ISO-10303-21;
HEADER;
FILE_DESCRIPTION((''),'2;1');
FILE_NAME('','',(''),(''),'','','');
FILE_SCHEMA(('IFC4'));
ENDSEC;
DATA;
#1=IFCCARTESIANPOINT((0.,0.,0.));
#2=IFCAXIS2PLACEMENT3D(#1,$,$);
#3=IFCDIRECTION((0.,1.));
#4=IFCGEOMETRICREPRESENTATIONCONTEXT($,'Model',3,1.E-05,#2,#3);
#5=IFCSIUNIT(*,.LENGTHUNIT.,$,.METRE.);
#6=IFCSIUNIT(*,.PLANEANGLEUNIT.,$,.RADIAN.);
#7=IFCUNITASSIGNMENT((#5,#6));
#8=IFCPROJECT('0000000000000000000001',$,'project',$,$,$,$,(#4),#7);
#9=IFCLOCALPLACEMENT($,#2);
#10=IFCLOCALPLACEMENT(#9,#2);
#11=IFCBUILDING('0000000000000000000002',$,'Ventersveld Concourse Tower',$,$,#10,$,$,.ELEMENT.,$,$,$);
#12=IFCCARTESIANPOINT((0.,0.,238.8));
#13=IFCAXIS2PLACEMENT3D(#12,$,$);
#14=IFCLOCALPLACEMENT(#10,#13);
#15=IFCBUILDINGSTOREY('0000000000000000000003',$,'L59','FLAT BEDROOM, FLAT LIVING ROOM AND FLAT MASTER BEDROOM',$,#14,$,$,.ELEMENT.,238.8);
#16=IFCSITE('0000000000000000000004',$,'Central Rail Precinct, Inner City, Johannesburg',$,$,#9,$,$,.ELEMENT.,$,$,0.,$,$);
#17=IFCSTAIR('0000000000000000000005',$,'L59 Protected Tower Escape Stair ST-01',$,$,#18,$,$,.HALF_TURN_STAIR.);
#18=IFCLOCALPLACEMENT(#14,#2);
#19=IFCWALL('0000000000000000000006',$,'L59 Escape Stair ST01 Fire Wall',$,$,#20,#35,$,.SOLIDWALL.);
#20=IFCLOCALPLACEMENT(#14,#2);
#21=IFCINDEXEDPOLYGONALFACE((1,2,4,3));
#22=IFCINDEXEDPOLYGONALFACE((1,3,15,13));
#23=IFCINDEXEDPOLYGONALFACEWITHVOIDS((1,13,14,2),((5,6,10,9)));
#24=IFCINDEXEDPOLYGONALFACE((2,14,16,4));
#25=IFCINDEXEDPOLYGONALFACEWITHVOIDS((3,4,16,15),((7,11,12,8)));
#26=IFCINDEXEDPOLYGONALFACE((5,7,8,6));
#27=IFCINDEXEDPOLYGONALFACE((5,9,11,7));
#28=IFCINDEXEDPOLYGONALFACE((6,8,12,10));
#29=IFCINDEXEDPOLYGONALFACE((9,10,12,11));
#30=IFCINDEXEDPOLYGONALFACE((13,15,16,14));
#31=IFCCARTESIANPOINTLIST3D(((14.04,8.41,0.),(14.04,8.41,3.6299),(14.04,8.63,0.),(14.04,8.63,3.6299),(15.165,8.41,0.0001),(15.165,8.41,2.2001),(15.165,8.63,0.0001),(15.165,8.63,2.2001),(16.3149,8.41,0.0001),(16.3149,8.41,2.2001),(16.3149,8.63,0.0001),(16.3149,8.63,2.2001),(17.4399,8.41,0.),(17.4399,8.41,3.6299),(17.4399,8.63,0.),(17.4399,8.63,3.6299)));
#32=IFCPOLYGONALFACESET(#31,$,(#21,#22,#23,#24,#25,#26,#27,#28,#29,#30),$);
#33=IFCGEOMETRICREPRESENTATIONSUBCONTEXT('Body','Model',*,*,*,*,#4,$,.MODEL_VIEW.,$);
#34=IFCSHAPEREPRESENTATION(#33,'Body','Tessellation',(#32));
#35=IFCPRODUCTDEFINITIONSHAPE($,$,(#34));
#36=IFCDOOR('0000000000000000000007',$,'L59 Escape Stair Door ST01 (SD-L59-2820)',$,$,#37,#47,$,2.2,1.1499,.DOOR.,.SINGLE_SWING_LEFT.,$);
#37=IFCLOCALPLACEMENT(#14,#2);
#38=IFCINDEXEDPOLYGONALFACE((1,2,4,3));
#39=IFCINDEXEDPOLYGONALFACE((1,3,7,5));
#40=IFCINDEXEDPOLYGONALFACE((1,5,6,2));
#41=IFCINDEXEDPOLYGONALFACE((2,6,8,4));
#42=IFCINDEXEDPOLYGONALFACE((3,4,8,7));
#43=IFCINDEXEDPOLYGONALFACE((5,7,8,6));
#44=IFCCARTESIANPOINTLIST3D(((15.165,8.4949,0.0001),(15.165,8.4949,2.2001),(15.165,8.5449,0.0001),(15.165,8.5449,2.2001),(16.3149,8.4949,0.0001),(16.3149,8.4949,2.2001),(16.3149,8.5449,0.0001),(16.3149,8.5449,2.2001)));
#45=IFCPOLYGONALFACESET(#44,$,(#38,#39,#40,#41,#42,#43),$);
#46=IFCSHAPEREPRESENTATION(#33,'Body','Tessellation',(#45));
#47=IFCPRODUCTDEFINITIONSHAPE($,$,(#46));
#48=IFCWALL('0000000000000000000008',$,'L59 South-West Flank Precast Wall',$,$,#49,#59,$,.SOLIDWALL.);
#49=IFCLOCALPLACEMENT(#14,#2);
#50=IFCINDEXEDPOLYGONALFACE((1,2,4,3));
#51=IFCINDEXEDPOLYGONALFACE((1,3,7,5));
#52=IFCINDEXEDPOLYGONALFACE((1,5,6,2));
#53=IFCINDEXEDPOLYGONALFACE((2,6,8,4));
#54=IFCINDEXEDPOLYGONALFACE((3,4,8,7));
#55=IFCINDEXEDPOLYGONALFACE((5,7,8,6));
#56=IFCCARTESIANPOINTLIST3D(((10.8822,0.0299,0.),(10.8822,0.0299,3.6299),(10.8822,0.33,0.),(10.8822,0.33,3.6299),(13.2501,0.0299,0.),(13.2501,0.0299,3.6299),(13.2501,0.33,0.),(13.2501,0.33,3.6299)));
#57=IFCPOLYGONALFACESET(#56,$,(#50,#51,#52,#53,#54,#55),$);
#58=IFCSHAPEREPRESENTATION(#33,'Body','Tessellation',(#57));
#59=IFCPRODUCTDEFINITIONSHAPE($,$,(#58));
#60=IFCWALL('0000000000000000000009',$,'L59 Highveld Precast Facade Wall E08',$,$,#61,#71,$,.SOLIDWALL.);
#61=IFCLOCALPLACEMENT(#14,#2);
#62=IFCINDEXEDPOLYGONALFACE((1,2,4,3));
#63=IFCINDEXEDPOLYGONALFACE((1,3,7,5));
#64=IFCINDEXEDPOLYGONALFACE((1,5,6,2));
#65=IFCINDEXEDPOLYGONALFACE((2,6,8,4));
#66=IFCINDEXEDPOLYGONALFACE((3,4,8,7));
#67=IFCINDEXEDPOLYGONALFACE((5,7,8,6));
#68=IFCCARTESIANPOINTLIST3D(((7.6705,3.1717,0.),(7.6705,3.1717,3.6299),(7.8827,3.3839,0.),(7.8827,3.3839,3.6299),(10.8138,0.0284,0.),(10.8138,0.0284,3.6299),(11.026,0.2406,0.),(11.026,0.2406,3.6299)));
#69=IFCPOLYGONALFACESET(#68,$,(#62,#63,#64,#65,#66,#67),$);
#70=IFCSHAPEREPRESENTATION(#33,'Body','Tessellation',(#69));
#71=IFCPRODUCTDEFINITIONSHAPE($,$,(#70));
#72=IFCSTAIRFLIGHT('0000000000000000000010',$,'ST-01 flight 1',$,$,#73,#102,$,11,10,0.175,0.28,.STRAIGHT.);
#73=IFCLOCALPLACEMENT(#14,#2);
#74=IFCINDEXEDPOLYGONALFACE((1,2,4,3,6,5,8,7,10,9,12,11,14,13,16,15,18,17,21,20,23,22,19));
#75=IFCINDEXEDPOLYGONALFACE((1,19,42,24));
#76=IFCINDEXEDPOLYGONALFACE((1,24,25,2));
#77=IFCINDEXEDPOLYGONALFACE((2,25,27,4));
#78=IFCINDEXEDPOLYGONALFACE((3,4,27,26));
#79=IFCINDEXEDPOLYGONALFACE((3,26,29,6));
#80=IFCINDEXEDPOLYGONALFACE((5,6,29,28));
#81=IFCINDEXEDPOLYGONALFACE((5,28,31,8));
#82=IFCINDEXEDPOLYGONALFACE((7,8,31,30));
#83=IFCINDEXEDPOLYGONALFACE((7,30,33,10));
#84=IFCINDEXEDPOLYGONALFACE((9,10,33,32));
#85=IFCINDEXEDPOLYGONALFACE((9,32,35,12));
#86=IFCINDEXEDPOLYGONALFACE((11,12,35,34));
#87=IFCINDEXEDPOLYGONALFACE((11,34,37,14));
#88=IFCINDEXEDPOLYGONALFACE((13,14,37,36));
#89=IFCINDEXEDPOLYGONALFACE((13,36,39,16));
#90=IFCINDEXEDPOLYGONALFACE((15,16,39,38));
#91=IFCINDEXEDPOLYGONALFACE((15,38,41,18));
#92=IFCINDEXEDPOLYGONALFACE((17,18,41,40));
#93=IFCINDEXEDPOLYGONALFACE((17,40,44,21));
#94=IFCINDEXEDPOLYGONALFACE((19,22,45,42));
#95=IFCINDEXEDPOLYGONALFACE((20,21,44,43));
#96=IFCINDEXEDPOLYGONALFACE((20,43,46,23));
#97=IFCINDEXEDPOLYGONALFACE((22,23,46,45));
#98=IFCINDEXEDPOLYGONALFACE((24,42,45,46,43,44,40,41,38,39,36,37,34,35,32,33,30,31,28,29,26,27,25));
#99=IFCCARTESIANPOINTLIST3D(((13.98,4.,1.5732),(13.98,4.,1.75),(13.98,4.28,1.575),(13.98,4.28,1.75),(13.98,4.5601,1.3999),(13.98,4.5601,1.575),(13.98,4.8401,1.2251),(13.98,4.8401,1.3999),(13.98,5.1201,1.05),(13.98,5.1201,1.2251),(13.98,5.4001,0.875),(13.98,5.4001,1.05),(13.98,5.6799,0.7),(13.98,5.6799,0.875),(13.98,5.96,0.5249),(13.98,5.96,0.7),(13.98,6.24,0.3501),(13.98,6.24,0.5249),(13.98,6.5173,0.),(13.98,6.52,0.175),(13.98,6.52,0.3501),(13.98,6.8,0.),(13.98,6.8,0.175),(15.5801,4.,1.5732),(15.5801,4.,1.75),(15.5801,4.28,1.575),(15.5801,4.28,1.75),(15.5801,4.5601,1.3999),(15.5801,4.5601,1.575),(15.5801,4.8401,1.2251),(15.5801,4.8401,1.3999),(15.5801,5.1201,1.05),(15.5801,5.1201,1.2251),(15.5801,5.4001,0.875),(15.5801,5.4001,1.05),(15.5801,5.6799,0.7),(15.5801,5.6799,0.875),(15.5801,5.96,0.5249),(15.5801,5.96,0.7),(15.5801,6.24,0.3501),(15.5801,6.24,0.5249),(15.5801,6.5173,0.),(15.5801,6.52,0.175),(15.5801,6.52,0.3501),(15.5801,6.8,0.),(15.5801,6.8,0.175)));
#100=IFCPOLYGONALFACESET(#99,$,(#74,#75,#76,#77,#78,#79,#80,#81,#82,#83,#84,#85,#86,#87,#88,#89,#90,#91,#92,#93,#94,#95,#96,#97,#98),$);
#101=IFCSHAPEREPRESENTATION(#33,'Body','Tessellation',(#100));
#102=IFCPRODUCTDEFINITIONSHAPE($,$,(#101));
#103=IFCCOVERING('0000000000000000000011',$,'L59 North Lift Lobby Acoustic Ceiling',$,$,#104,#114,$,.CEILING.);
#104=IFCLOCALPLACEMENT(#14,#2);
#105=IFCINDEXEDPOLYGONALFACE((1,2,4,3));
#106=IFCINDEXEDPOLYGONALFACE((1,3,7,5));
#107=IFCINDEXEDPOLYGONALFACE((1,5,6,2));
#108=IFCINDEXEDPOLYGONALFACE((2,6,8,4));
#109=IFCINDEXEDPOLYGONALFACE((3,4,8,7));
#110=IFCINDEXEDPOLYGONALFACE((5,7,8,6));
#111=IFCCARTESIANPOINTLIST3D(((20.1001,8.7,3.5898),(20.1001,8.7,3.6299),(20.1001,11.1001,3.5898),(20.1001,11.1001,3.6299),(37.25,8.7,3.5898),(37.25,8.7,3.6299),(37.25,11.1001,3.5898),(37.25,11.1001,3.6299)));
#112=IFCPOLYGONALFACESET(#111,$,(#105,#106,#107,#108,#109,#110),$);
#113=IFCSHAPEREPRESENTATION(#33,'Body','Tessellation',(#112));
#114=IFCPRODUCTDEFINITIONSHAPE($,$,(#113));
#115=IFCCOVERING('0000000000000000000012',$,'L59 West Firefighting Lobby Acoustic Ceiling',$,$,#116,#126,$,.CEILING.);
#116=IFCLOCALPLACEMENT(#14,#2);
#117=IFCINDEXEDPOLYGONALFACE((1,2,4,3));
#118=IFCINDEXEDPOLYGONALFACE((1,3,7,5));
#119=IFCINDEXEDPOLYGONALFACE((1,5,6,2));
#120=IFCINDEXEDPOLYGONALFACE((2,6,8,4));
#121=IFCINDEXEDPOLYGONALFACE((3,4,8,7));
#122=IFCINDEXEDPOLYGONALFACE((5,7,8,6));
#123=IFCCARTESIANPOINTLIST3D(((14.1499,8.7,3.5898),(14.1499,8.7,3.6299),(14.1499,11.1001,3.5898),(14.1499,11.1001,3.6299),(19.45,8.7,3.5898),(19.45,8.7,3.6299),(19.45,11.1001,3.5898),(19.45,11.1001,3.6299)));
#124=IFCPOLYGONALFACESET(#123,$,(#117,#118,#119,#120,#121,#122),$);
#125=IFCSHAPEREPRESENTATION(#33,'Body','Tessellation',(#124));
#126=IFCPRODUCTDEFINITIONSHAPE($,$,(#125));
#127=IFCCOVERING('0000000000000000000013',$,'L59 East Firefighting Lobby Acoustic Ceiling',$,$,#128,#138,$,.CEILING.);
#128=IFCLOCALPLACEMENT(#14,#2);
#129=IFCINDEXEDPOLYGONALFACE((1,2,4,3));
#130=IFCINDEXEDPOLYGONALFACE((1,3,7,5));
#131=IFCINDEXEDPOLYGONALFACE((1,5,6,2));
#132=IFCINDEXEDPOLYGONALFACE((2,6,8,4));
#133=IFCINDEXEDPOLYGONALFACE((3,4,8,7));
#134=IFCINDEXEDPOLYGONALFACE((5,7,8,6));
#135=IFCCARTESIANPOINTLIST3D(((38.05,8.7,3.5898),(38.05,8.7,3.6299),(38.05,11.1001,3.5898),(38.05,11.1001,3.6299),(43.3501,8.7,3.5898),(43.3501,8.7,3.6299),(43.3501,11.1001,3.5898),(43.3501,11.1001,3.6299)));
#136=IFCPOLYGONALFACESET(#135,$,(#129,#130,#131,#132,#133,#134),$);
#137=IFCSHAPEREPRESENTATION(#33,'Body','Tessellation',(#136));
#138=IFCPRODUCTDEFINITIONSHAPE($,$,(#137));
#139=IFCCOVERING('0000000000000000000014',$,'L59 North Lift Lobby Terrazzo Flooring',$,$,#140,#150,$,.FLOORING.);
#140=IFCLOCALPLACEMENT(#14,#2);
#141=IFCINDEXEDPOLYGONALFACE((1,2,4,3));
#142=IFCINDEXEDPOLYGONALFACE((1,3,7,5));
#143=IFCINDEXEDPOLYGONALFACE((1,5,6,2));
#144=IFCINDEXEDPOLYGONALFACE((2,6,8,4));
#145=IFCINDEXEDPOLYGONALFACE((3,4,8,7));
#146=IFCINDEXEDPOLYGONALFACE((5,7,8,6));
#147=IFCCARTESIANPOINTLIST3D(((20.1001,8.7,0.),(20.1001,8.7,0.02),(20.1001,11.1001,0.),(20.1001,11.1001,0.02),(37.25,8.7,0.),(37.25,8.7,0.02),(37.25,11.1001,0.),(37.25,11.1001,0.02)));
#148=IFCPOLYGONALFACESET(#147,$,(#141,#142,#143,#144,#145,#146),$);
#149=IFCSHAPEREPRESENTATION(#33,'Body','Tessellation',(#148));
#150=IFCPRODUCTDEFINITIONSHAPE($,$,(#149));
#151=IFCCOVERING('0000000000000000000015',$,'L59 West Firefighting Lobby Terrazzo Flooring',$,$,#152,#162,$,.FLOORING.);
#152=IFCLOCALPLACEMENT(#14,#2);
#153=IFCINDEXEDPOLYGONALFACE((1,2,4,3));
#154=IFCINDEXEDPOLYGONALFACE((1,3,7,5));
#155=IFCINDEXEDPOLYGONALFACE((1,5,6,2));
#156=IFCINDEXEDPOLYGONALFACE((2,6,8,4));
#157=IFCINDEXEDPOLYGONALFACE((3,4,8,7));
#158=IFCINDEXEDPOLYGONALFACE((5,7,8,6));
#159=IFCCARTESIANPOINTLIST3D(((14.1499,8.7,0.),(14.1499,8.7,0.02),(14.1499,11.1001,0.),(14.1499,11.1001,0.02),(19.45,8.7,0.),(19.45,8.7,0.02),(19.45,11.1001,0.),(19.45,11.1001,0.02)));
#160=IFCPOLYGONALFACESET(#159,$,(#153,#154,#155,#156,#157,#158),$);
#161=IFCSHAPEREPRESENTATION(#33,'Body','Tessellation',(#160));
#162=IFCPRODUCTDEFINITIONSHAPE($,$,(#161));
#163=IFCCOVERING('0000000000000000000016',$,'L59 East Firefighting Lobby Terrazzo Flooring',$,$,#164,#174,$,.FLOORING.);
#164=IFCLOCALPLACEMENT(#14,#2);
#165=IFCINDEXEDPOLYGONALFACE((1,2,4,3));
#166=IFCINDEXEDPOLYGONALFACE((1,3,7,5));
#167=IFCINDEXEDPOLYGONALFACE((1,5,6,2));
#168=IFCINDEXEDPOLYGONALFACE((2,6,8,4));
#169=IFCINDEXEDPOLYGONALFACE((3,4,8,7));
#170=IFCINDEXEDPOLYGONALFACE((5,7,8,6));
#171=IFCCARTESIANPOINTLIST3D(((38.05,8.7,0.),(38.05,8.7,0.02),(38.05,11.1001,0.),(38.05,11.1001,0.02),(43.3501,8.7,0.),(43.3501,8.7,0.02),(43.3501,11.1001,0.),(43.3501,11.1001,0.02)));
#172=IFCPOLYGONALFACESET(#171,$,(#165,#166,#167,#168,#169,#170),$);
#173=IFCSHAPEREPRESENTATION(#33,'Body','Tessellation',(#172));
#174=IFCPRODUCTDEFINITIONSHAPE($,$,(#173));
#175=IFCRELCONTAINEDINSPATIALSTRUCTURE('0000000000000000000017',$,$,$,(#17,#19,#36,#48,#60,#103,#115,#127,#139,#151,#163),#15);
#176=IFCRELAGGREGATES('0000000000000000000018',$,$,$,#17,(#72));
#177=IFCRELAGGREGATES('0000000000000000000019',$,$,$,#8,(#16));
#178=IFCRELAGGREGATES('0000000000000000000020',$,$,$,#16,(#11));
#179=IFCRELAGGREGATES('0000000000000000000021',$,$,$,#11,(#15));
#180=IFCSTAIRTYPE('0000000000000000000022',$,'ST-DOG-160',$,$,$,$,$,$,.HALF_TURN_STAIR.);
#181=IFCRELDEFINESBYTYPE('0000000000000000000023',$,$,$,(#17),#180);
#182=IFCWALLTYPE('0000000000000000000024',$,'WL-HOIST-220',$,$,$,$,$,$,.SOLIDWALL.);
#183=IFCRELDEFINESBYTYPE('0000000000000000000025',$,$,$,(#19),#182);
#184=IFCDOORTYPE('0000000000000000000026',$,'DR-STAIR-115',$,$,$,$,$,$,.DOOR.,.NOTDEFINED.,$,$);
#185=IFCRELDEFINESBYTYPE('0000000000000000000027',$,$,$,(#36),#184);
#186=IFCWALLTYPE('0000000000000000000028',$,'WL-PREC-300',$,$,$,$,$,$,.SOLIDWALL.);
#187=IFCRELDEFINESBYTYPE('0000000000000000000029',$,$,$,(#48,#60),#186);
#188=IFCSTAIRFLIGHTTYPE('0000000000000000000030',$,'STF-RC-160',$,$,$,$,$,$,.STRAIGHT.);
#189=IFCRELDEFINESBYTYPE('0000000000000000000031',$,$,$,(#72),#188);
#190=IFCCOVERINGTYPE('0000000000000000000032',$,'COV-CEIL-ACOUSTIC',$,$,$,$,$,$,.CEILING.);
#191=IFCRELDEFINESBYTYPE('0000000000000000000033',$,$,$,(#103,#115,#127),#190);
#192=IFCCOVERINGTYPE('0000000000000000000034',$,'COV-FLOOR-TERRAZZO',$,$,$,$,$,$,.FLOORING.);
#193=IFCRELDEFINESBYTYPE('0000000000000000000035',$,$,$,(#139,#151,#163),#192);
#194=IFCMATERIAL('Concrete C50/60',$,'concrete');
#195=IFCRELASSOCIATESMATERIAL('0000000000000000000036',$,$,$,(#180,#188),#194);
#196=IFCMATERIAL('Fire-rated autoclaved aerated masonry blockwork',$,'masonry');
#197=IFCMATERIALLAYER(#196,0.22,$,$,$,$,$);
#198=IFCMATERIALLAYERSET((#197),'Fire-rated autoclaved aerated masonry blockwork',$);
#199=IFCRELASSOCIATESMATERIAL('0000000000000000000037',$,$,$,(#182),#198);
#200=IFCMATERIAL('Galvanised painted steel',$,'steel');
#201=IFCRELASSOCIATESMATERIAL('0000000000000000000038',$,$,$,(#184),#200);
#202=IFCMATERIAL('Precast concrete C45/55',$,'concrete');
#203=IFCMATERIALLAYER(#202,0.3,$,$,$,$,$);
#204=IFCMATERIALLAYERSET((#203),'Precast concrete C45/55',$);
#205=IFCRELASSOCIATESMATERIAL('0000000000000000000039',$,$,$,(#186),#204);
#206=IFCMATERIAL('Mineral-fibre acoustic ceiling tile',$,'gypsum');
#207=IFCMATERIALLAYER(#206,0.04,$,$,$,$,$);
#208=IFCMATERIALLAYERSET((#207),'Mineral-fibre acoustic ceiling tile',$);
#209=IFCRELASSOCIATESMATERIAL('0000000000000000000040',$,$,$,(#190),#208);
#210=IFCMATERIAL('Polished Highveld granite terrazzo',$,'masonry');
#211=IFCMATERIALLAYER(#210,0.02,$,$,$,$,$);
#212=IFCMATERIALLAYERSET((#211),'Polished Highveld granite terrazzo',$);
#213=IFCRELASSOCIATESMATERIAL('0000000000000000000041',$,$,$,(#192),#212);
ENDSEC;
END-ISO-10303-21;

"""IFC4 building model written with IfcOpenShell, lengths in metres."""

from ifc_helpers import new_model, si_unit, direction, frame, frame_2d, origin, place, context, subcontext, project, spatial, polyline, rectangle, outline, extrude, material, layer, layer_set, type_object, element, fill, aggregate, save


model = new_model("IFC4")

# Units and contexts
model_context = context("Model", 3, precision=1e-05, world=origin(), true_north=direction((0.0, 1.0)))
body_context = subcontext(model_context, "Body", "Model", "MODEL_VIEW")
ifc_project = project(units=[si_unit("LENGTHUNIT", "METRE"), si_unit("PLANEANGLEUNIT", "RADIAN")], contexts=[model_context])

# Site, building, storey
site_placement = place(None, origin())
site = spatial("IfcSite", under=ifc_project, at=site_placement, Name="Central Rail Precinct, Inner City, Johannesburg", CompositionType="ELEMENT", RefElevation=0.0)
building_placement = place(site_placement, origin())
building = spatial("IfcBuilding", under=site, at=building_placement, Name="Ventersveld Concourse Tower", CompositionType="ELEMENT")
storey_placement = place(building_placement, frame((0.0, 0.0, 238.8)))
storey = spatial("IfcBuildingStorey", under=building, at=storey_placement, Name="L59", Description="FLAT BEDROOM, FLAT LIVING ROOM AND FLAT MASTER BEDROOM", CompositionType="ELEMENT", Elevation=238.8)

# Shared definitions
ifc_material_1 = material(Name="Concrete C50/60", Category="concrete")

# Stair
stair_type_1 = type_object("IfcStairType", Name="ST-DOG-160", PredefinedType="HALF_TURN_STAIR", material=ifc_material_1)
stair_1_placement = place(storey_placement, origin())
stair_1 = element("IfcStair", 1, at=stair_1_placement, inside=storey, type_object=stair_type_1, Name="L59 Protected Tower Escape Stair ST-01", PredefinedType="HALF_TURN_STAIR")

# Wall, opening, door
ifc_material_2 = material(Name="Fire-rated autoclaved aerated masonry blockwork", Category="masonry")
ifc_layer_1 = layer(ifc_material_2, 0.22)
ifc_layer_set_1 = layer_set([ifc_layer_1], Name="Fire-rated autoclaved aerated masonry blockwork")
wall_type_1 = type_object("IfcWallType", Name="WL-HOIST-220", PredefinedType="SOLIDWALL", material=ifc_layer_set_1)
wall_1_placement = place(storey_placement, frame((14.04, 8.52, 0.0), z_axis=(0.0, 0.0, 1.0), x_axis=(1.0, 0.0, 0.0)))
wall_1 = element("IfcWall", 2, at=wall_1_placement, inside=storey, type_object=wall_type_1, Name="L59 Escape Stair ST01 Fire Wall", PredefinedType="SOLIDWALL", context=body_context, shape_type="SweptSolid", body=[
    extrude(rectangle(XDim=3.3999, YDim=0.22, at=frame_2d((1.7, 0.0))), origin(), (0.0, 0.0, 1.0), 3.6299),
])
opening_placement = place(wall_1_placement, frame((1.125, 0.0, 0.0)))
opening = element("IfcOpeningElement", 3, at=opening_placement, cuts=wall_1, PredefinedType="OPENING", context=body_context, shape_type="SweptSolid", body=[
    extrude(rectangle(XDim=1.1499, YDim=2.2, at=frame_2d((0.575, 1.1001))), frame((0.0, 0.1201, 0.0), z_axis=(0.0, -1.0, 0.0), x_axis=(1.0, 0.0, 0.0)), (0.0, 0.0, 1.0), 0.24),
])
ifc_material_3 = material(Name="Galvanised painted steel", Category="steel")
door_type = type_object("IfcDoorType", Name="DR-STAIR-115", OperationType="NOTDEFINED", PredefinedType="DOOR", material=ifc_material_3)
door_placement = place(opening_placement, origin())
door = element("IfcDoor", 4, at=door_placement, inside=storey, type_object=door_type, Name="L59 Escape Stair Door ST01 (SD-L59-2820)", OperationType="SINGLE_SWING_LEFT", OverallHeight=2.2, OverallWidth=1.1499, PredefinedType="DOOR", context=body_context, shape_type="SweptSolid", body=[
    extrude(rectangle(XDim=1.1499, YDim=2.2, at=frame_2d((0.575, 1.1001))), frame((0.0, 0.0249, 0.0), z_axis=(0.0, -1.0, 0.0), x_axis=(1.0, 0.0, 0.0)), (0.0, 0.0, 1.0), 0.05),
])
fill(opening, door)

# Walls
ifc_material_4 = material(Name="Precast concrete C45/55", Category="concrete")
ifc_layer_2 = layer(ifc_material_4, 0.3)
ifc_layer_set_2 = layer_set([ifc_layer_2], Name="Precast concrete C45/55")
wall_type_2 = type_object("IfcWallType", Name="WL-PREC-300", PredefinedType="SOLIDWALL", material=ifc_layer_set_2)
wall_2_placement = place(storey_placement, frame((10.8821, 0.1799, 0.0), z_axis=(0.0, 0.0, 1.0), x_axis=(1.0, 0.0, 0.0)))
element("IfcWall", 5, at=wall_2_placement, inside=storey, type_object=wall_type_2, Name="L59 South-West Flank Precast Wall", PredefinedType="SOLIDWALL", context=body_context, shape_type="SweptSolid", body=[
    extrude(rectangle(XDim=2.3679, YDim=0.3, at=frame_2d((1.1841, 0.0))), origin(), (0.0, 0.0, 1.0), 3.6299),
])
wall_3_placement = place(storey_placement, frame((7.7766, 3.2778, 0.0), z_axis=(0.0, 0.0, 1.0), x_axis=(0.707107, -0.707107, 0.0)))
element("IfcWall", 6, at=wall_3_placement, inside=storey, type_object=wall_type_2, Name="L59 Highveld Precast Facade Wall E08", PredefinedType="SOLIDWALL", context=body_context, shape_type="SweptSolid", body=[
    extrude(rectangle(XDim=4.4453, YDim=0.3, at=frame_2d((2.2227, 0.0))), origin(), (0.0, 0.0, 1.0), 3.6299),
])

# Stair flight
stair_flight_type = type_object("IfcStairFlightType", Name="STF-RC-160", PredefinedType="STRAIGHT", material=ifc_material_1)
stair_flight_placement = place(storey_placement, frame((14.78, 6.8, 0.0), z_axis=(0.0, 0.0, 1.0), x_axis=(0.0, -1.0, 0.0)))
stair_flight = element("IfcStairFlight", 7, at=stair_flight_placement, type_object=stair_flight_type, Name="ST-01 flight 1", NumberOfRisers=11, NumberOfTreads=10, PredefinedType="STRAIGHT", RiserHeight=0.175, TreadLength=0.28, context=body_context, shape_type="SweptSolid", body=[
    extrude(outline(polyline([(0.0, 0.0), (0.0, 0.175), (0.28, 0.175), (0.28, 0.3501), (0.5601, 0.3501), (0.5601, 0.5249), (0.8401, 0.5249), (0.8401, 0.7), (1.1201, 0.7), (1.1201, 0.875), (1.3999, 0.875), (1.3999, 1.05), (1.6799, 1.05), (1.6799, 1.2251), (1.96, 1.2251), (1.96, 1.3999), (2.24, 1.3999), (2.24, 1.575), (2.52, 1.575), (2.52, 1.75), (2.8, 1.75), (2.8, 1.925), (2.8, 1.5732), (0.2827, 0.0), (0.0, 0.0)])), frame((0.0, 0.8, 0.0), z_axis=(0.0, -1.0, 0.0), x_axis=(1.0, 0.0, 0.0)), (0.0, 0.0, 1.0), 1.6001),
])
aggregate(stair_1, [stair_flight])

# Coverings
ifc_material_5 = material(Name="Mineral-fibre acoustic ceiling tile", Category="gypsum")
ifc_layer_3 = layer(ifc_material_5, 0.04)
ifc_layer_set_3 = layer_set([ifc_layer_3], Name="Mineral-fibre acoustic ceiling tile")
covering_type_1 = type_object("IfcCoveringType", Name="COV-CEIL-ACOUSTIC", PredefinedType="CEILING", material=ifc_layer_set_3)
covering_1_placement = place(storey_placement, frame((0.0, 0.0, 3.5898)))
element("IfcCovering", 8, at=covering_1_placement, inside=storey, type_object=covering_type_1, Name="L59 North Lift Lobby Acoustic Ceiling", PredefinedType="CEILING", context=body_context, shape_type="SweptSolid", body=[
    extrude(outline(polyline([(20.1001, 8.7), (37.25, 8.7), (37.25, 11.1001), (20.1001, 11.1001), (20.1001, 8.7)])), origin(), (0.0, 0.0, 1.0), 0.04),
])
covering_2_placement = place(storey_placement, frame((0.0, 0.0, 3.5898)))
element("IfcCovering", 9, at=covering_2_placement, inside=storey, type_object=covering_type_1, Name="L59 West Firefighting Lobby Acoustic Ceiling", PredefinedType="CEILING", context=body_context, shape_type="SweptSolid", body=[
    extrude(outline(polyline([(14.1499, 8.7), (19.45, 8.7), (19.45, 11.1001), (14.1499, 11.1001), (14.1499, 8.7)])), origin(), (0.0, 0.0, 1.0), 0.04),
])
covering_3_placement = place(storey_placement, frame((0.0, 0.0, 3.5898)))
element("IfcCovering", 10, at=covering_3_placement, inside=storey, type_object=covering_type_1, Name="L59 East Firefighting Lobby Acoustic Ceiling", PredefinedType="CEILING", context=body_context, shape_type="SweptSolid", body=[
    extrude(outline(polyline([(38.05, 8.7), (43.3501, 8.7), (43.3501, 11.1001), (38.05, 11.1001), (38.05, 8.7)])), origin(), (0.0, 0.0, 1.0), 0.04),
])
ifc_material_6 = material(Name="Polished Highveld granite terrazzo", Category="masonry")
ifc_layer_4 = layer(ifc_material_6, 0.02)
ifc_layer_set_4 = layer_set([ifc_layer_4], Name="Polished Highveld granite terrazzo")
covering_type_2 = type_object("IfcCoveringType", Name="COV-FLOOR-TERRAZZO", PredefinedType="FLOORING", material=ifc_layer_set_4)
covering_4_placement = place(storey_placement, origin())
element("IfcCovering", 11, at=covering_4_placement, inside=storey, type_object=covering_type_2, Name="L59 North Lift Lobby Terrazzo Flooring", PredefinedType="FLOORING", context=body_context, shape_type="SweptSolid", body=[
    extrude(outline(polyline([(20.1001, 8.7), (37.25, 8.7), (37.25, 11.1001), (20.1001, 11.1001), (20.1001, 8.7)])), origin(), (0.0, 0.0, 1.0), 0.02),
])
covering_5_placement = place(storey_placement, origin())
element("IfcCovering", 12, at=covering_5_placement, inside=storey, type_object=covering_type_2, Name="L59 West Firefighting Lobby Terrazzo Flooring", PredefinedType="FLOORING", context=body_context, shape_type="SweptSolid", body=[
    extrude(outline(polyline([(14.1499, 8.7), (19.45, 8.7), (19.45, 11.1001), (14.1499, 11.1001), (14.1499, 8.7)])), origin(), (0.0, 0.0, 1.0), 0.02),
])
covering_6_placement = place(storey_placement, origin())
element("IfcCovering", 13, at=covering_6_placement, inside=storey, type_object=covering_type_2, Name="L59 East Firefighting Lobby Terrazzo Flooring", PredefinedType="FLOORING", context=body_context, shape_type="SweptSolid", body=[
    extrude(outline(polyline([(38.05, 8.7), (43.3501, 8.7), (43.3501, 11.1001), (38.05, 11.1001), (38.05, 8.7)])), origin(), (0.0, 0.0, 1.0), 0.02),
])

save(model, "model.ifc")
